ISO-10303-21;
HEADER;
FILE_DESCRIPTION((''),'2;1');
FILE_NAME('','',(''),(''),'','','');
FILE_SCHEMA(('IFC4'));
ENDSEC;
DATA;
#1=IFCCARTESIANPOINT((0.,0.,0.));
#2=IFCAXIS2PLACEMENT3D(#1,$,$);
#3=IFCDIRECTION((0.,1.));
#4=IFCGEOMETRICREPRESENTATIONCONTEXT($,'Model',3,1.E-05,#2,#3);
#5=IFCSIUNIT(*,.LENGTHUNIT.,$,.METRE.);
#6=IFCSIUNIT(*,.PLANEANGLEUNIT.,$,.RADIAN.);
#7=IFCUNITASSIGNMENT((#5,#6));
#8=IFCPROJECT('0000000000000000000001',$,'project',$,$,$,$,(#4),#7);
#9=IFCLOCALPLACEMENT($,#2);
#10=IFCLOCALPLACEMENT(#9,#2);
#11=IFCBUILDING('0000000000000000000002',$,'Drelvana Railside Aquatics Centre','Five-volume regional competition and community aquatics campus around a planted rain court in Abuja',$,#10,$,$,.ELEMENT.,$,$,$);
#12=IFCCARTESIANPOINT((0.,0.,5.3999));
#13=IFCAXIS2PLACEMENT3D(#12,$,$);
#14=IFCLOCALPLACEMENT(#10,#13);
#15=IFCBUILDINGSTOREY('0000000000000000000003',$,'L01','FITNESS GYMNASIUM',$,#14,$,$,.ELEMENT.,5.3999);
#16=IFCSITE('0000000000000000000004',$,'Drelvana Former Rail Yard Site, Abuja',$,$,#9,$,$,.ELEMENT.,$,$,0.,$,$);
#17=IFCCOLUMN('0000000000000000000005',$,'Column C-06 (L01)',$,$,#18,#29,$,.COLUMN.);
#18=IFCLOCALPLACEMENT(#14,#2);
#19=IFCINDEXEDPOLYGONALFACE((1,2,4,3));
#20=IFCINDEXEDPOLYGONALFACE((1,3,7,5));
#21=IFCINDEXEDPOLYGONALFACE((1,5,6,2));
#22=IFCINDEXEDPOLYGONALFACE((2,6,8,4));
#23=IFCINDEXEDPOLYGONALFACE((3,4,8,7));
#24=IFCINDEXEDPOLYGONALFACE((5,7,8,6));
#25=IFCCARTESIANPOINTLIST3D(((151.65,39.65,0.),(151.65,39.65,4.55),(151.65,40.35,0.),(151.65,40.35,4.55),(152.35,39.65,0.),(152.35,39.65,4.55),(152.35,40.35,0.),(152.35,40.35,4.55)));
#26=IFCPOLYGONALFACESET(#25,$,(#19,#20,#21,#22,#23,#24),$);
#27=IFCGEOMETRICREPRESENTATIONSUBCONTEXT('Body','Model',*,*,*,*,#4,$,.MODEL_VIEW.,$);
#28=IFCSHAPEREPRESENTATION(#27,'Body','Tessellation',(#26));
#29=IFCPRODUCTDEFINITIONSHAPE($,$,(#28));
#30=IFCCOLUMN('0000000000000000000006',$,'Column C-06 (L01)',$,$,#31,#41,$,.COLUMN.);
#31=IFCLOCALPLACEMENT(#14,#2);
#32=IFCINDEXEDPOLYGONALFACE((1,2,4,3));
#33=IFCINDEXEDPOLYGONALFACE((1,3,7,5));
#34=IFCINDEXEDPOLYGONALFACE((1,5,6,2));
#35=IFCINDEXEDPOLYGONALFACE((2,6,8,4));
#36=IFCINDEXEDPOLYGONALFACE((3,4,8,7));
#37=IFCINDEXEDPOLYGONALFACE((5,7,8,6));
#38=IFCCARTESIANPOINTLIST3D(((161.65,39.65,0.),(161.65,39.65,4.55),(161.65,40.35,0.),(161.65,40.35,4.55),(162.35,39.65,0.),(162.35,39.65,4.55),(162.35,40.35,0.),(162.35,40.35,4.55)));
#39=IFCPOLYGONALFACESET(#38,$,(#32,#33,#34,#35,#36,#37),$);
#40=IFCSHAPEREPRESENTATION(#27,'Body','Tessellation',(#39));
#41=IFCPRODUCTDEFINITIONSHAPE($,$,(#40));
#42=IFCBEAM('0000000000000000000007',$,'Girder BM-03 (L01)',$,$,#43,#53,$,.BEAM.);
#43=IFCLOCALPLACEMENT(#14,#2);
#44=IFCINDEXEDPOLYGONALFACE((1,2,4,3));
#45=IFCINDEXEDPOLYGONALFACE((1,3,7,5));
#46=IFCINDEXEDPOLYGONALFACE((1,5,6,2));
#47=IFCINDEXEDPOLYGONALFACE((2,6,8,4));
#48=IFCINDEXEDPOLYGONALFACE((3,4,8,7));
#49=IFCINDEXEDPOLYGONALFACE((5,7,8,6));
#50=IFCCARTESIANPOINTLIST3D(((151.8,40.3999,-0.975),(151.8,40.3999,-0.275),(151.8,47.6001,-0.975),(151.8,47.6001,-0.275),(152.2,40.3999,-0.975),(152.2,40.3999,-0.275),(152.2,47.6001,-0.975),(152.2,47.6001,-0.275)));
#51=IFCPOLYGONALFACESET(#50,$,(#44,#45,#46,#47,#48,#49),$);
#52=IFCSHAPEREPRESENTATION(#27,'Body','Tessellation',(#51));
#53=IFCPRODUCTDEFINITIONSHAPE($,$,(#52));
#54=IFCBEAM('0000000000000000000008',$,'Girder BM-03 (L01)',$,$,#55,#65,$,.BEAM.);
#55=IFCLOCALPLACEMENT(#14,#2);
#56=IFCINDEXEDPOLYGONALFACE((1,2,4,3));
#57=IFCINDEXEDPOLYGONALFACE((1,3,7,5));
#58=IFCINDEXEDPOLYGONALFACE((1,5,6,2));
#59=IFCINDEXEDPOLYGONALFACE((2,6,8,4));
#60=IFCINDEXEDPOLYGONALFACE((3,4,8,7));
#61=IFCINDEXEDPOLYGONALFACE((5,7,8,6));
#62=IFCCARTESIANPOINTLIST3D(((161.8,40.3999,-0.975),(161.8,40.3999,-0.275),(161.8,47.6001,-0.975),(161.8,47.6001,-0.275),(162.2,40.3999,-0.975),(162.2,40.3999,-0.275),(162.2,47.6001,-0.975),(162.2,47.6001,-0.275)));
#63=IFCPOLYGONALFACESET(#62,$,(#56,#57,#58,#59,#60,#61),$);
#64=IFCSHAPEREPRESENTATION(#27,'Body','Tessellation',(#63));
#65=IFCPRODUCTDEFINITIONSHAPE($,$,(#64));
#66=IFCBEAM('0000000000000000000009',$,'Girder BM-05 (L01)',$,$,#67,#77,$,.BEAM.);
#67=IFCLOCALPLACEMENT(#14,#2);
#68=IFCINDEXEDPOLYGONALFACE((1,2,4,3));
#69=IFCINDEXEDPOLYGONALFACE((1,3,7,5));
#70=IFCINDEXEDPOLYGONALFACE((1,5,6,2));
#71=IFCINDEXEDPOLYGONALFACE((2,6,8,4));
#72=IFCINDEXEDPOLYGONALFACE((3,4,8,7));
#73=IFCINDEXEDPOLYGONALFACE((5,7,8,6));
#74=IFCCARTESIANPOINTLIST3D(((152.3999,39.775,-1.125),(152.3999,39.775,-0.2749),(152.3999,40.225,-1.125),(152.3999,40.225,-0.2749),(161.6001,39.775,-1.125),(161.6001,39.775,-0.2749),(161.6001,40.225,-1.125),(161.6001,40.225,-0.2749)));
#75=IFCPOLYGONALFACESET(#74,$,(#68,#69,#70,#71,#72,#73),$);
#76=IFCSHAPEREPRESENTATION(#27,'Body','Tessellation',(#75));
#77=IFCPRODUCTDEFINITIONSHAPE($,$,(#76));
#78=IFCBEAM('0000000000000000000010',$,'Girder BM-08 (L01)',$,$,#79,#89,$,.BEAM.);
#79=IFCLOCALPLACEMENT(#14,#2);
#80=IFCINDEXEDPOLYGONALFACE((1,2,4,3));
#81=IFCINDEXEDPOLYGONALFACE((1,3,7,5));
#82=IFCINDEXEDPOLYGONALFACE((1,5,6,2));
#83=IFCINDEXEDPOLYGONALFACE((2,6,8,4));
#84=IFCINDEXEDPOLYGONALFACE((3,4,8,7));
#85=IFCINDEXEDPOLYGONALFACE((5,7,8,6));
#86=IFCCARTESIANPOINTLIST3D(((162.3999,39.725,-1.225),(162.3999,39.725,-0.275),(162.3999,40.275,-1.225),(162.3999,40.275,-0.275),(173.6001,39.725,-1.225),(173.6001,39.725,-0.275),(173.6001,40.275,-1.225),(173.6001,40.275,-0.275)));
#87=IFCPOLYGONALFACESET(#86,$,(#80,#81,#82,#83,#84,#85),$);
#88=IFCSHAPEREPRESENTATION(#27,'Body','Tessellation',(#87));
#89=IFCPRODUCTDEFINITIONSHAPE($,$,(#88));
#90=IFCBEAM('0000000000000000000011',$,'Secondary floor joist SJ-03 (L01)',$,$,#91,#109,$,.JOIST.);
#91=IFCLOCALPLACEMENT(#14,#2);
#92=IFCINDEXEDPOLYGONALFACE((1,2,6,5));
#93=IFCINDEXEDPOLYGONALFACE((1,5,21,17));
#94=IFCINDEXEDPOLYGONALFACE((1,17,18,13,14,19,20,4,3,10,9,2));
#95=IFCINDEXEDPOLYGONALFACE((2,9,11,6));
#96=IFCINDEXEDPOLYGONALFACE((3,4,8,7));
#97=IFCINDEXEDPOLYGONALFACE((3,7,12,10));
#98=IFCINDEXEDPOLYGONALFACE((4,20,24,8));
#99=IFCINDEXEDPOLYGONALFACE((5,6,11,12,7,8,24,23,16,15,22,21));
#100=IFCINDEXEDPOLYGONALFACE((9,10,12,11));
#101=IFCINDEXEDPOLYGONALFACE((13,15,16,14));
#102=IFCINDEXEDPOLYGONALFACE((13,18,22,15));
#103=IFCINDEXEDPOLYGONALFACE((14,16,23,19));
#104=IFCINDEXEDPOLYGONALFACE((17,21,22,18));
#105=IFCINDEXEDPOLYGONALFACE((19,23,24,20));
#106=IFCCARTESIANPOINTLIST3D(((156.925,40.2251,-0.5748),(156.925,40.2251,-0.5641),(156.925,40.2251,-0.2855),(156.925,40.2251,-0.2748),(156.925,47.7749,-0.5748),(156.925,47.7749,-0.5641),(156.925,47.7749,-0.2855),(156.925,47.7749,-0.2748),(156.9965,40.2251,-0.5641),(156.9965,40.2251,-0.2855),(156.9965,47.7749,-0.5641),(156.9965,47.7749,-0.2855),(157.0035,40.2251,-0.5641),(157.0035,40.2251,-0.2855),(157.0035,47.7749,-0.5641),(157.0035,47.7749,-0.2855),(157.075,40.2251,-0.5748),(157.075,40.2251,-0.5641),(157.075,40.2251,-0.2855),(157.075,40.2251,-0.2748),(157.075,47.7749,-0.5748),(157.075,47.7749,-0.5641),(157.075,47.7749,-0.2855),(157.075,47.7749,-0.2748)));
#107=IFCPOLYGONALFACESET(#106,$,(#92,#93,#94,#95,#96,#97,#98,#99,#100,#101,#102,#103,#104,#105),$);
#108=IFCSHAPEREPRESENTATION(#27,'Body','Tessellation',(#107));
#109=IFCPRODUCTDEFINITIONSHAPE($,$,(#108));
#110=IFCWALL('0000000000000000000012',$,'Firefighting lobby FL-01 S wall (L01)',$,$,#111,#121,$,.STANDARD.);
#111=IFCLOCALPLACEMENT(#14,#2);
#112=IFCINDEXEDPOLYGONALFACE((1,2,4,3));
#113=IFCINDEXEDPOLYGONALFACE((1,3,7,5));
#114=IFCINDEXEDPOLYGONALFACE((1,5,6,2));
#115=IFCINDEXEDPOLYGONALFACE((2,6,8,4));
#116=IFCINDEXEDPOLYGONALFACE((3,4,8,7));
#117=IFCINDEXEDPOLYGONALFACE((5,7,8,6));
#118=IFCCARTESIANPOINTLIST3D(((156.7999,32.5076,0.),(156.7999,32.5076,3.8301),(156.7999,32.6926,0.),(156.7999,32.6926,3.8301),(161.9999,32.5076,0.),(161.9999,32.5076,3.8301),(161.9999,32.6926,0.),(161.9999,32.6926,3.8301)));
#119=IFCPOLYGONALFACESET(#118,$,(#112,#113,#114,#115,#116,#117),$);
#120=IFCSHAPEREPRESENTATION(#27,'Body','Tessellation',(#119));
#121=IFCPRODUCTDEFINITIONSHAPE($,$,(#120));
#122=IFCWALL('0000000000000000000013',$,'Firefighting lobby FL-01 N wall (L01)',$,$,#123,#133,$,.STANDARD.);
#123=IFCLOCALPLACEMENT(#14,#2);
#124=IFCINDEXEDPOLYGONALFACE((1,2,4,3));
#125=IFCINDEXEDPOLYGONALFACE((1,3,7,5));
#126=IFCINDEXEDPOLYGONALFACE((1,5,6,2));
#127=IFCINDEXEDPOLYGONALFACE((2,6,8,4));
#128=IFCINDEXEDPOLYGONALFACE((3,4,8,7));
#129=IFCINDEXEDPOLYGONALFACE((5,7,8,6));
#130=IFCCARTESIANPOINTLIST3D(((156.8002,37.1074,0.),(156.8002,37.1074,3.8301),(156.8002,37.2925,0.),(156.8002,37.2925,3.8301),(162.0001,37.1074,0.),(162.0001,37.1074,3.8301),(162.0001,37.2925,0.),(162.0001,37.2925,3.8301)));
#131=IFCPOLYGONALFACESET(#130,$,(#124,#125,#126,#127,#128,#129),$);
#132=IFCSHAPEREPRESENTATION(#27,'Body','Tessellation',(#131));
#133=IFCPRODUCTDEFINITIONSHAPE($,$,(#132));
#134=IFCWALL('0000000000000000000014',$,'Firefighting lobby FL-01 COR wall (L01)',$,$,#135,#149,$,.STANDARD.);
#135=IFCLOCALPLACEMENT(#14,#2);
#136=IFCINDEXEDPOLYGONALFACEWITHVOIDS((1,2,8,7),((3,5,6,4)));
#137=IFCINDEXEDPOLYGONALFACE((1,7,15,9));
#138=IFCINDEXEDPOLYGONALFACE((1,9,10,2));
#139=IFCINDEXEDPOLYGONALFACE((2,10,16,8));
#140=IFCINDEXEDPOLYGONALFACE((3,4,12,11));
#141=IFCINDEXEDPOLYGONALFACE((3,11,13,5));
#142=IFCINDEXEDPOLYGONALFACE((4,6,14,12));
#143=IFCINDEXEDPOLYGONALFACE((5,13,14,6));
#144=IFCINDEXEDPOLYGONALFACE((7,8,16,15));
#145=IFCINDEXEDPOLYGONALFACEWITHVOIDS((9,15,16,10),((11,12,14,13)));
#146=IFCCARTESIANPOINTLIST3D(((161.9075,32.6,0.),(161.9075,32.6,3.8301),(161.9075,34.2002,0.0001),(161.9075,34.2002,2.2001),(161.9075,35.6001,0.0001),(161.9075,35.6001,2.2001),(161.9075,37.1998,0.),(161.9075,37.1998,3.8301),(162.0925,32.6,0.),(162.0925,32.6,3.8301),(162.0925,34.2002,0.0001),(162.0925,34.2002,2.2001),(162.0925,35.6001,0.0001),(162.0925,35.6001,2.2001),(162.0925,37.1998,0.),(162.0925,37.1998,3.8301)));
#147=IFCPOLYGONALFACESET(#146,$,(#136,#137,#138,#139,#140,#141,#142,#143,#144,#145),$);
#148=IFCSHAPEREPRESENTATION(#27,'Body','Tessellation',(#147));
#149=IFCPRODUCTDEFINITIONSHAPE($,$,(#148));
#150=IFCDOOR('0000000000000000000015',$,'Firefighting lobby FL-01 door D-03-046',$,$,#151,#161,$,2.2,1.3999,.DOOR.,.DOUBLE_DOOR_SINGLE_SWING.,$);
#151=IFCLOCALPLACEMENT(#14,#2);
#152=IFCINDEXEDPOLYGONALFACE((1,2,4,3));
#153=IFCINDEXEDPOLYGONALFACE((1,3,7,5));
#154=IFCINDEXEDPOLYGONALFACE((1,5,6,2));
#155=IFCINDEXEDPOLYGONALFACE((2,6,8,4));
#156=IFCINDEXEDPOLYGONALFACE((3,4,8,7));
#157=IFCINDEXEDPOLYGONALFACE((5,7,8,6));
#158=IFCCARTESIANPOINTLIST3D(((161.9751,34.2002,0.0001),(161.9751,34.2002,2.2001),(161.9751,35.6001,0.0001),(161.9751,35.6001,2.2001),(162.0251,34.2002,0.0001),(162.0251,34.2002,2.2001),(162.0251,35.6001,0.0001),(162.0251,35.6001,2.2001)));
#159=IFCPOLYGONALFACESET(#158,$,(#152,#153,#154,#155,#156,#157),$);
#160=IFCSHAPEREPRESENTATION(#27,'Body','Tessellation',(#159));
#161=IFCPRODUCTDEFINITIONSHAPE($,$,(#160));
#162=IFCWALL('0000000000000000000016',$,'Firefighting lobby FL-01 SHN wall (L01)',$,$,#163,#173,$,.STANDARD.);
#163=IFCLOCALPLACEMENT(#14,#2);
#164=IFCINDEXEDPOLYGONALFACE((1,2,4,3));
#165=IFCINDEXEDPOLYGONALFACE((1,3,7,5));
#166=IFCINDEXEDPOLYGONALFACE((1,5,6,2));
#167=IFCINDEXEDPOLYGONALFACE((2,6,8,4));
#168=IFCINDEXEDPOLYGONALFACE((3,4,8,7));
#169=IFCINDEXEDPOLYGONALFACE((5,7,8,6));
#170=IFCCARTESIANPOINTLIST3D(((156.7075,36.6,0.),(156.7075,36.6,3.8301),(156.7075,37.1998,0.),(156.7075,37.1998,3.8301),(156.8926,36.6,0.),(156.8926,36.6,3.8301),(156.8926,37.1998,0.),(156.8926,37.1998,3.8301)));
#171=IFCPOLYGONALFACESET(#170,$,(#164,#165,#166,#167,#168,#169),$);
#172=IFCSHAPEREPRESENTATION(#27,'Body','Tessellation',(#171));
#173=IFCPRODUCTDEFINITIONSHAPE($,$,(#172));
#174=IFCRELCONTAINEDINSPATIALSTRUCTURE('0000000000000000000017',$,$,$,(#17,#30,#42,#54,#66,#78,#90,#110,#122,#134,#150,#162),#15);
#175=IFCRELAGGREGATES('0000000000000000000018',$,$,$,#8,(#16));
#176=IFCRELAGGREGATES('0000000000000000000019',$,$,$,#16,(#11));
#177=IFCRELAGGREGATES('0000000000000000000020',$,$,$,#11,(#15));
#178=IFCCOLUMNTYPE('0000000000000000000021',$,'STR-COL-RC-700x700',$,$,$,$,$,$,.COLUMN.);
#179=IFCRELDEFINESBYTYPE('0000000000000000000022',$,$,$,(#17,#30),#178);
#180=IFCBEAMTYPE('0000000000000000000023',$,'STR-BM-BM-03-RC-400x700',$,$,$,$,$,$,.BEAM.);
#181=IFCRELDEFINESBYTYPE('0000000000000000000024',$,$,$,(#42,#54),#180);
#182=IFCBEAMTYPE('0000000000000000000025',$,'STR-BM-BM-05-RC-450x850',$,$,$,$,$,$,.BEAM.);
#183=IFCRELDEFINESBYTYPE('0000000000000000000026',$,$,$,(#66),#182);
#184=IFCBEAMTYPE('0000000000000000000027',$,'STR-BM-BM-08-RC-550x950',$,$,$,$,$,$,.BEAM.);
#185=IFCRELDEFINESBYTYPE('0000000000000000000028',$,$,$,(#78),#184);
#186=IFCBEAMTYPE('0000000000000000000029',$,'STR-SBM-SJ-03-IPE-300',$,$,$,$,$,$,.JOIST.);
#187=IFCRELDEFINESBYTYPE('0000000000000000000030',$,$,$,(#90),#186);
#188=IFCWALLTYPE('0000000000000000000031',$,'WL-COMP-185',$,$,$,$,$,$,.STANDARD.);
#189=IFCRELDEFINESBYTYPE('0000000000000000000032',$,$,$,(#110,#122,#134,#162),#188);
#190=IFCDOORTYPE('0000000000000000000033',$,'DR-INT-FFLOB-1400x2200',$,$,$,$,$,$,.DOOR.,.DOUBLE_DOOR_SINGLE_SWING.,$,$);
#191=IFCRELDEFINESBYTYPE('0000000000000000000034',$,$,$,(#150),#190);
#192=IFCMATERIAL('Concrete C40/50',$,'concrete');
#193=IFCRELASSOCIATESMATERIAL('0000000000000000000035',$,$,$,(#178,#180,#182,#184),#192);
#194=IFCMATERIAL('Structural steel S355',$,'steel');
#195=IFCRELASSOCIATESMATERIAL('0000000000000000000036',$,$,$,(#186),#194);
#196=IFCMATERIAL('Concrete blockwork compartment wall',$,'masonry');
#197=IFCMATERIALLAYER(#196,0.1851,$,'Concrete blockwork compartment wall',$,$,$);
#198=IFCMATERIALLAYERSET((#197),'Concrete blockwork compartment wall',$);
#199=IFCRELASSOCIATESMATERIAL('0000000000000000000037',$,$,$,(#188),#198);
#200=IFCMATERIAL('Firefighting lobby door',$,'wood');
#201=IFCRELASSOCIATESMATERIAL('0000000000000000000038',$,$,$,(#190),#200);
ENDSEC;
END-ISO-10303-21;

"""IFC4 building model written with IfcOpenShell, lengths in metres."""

from ifc_helpers import new_model, si_unit, direction, frame, frame_2d, origin, origin_2d, place, context, subcontext, project, spatial, rectangle, i_section, extrude, material, layer, layer_set, material_profile, profile_set, type_object, element, fill, save


model = new_model("IFC4")

# Units and contexts
model_context = context("Model", 3, precision=1e-05, world=origin(), true_north=direction((0.0, 1.0)))
body_context = subcontext(model_context, "Body", "Model", "MODEL_VIEW")
ifc_project = project(units=[si_unit("LENGTHUNIT", "METRE"), si_unit("PLANEANGLEUNIT", "RADIAN")], contexts=[model_context])

# Site, building, storey
site_placement = place(None, origin())
site = spatial("IfcSite", under=ifc_project, at=site_placement, Name="Drelvana Former Rail Yard Site, Abuja", CompositionType="ELEMENT", RefElevation=0.0)
building_placement = place(site_placement, origin())
building = spatial("IfcBuilding", under=site, at=building_placement, Name="Drelvana Railside Aquatics Centre", Description="Five-volume regional competition and community aquatics campus around a planted rain court in Abuja", CompositionType="ELEMENT")
storey_placement = place(building_placement, frame((0.0, 0.0, 5.3999)))
storey = spatial("IfcBuildingStorey", under=building, at=storey_placement, Name="L01", Description="FITNESS GYMNASIUM", CompositionType="ELEMENT", Elevation=5.3999)

# Columns
ifc_material_1 = material(Name="Concrete C40/50", Category="concrete")
ifc_material_profile_1 = material_profile(ifc_material_1, rectangle(XDim=0.7, YDim=0.7, at=origin_2d()), Name="RC 700x700")
ifc_profile_set_1 = profile_set([ifc_material_profile_1], Name="Concrete C40/50")
column_type = type_object("IfcColumnType", Name="STR-COL-RC-700x700", PredefinedType="COLUMN", material=ifc_profile_set_1)
for number, where, z_axis, x_axis, name in (
    (1, (152.0, 40.0, 0.0), (0.0, 0.0, 1.0), (1.0, 0.0, 0.0), "Column C-06 (L01)"),
    (2, (162.0, 40.0, 0.0), (0.0, 0.0, 1.0), (1.0, 0.0, 0.0), "Column C-06 (L01)"),
):
    element("IfcColumn", number, at=place(storey_placement, frame(where, z_axis=z_axis, x_axis=x_axis)), inside=storey, type_object=column_type, Name=name, PredefinedType="COLUMN", context=body_context, shape_type="SweptSolid", body=[
        extrude(rectangle(XDim=0.7, YDim=0.7, at=origin_2d()), origin(), (0.0, 0.0, 1.0), 4.55),
    ])

# Beams
ifc_material_profile_2 = material_profile(ifc_material_1, rectangle(XDim=0.3999, YDim=0.7, at=origin_2d()), Name="RC 400x700")
ifc_profile_set_2 = profile_set([ifc_material_profile_2], Name="Concrete C40/50")
beam_type_1 = type_object("IfcBeamType", Name="STR-BM-BM-03-RC-400x700", PredefinedType="BEAM", material=ifc_profile_set_2)
for number, where, z_axis, x_axis, name in (
    (3, (152.0, 40.3999, -0.625), (0.0, 1.0, 0.0), (-1.0, 0.0, 0.0), "Girder BM-03 (L01)"),
    (4, (162.0, 40.3999, -0.625), (0.0, 1.0, 0.0), (-1.0, 0.0, 0.0), "Girder BM-03 (L01)"),
):
    element("IfcBeam", number, at=place(storey_placement, frame(where, z_axis=z_axis, x_axis=x_axis)), inside=storey, type_object=beam_type_1, Name=name, PredefinedType="BEAM", context=body_context, shape_type="SweptSolid", body=[
        extrude(rectangle(XDim=0.3999, YDim=0.7, at=origin_2d()), origin(), (0.0, 0.0, 1.0), 7.2002),
    ])
ifc_material_profile_3 = material_profile(ifc_material_1, rectangle(XDim=0.45, YDim=0.8501, at=origin_2d()), Name="RC 450x850")
ifc_profile_set_3 = profile_set([ifc_material_profile_3], Name="Concrete C40/50")
beam_type_2 = type_object("IfcBeamType", Name="STR-BM-BM-05-RC-450x850", PredefinedType="BEAM", material=ifc_profile_set_3)
beam_1_placement = place(storey_placement, frame((152.3999, 40.0, -0.7), z_axis=(1.0, 0.0, 0.0), x_axis=(0.0, 1.0, 0.0)))
element("IfcBeam", 5, at=beam_1_placement, inside=storey, type_object=beam_type_2, Name="Girder BM-05 (L01)", PredefinedType="BEAM", context=body_context, shape_type="SweptSolid", body=[
    extrude(rectangle(XDim=0.45, YDim=0.8501, at=origin_2d()), origin(), (0.0, 0.0, 1.0), 9.2002),
])
ifc_material_profile_4 = material_profile(ifc_material_1, rectangle(XDim=0.55, YDim=0.95, at=origin_2d()), Name="RC 550x950")
ifc_profile_set_4 = profile_set([ifc_material_profile_4], Name="Concrete C40/50")
beam_type_3 = type_object("IfcBeamType", Name="STR-BM-BM-08-RC-550x950", PredefinedType="BEAM", material=ifc_profile_set_4)
beam_2_placement = place(storey_placement, frame((162.3999, 40.0, -0.75), z_axis=(1.0, 0.0, 0.0), x_axis=(0.0, 1.0, 0.0)))
element("IfcBeam", 6, at=beam_2_placement, inside=storey, type_object=beam_type_3, Name="Girder BM-08 (L01)", PredefinedType="BEAM", context=body_context, shape_type="SweptSolid", body=[
    extrude(rectangle(XDim=0.55, YDim=0.95, at=origin_2d()), origin(), (0.0, 0.0, 1.0), 11.2002),
])
ifc_material_2 = material(Name="Structural steel S355", Category="steel")
ifc_material_profile_5 = material_profile(ifc_material_2, i_section(OverallWidth=0.1499, OverallDepth=0.3, WebThickness=0.0071, FlangeThickness=0.0107, at=origin_2d()), Name="IPE 300")
ifc_profile_set_5 = profile_set([ifc_material_profile_5], Name="Structural steel S355")
beam_type_4 = type_object("IfcBeamType", Name="STR-SBM-SJ-03-IPE-300", PredefinedType="JOIST", material=ifc_profile_set_5)
beam_3_placement = place(storey_placement, frame((157.0, 40.2251, -0.4248), z_axis=(0.0, 1.0, 0.0), x_axis=(-1.0, 0.0, 0.0)))
element("IfcBeam", 7, at=beam_3_placement, inside=storey, type_object=beam_type_4, Name="Secondary floor joist SJ-03 (L01)", PredefinedType="JOIST", context=body_context, shape_type="SweptSolid", body=[
    extrude(i_section(OverallWidth=0.1499, OverallDepth=0.3, WebThickness=0.0071, FlangeThickness=0.0107, at=origin_2d()), origin(), (0.0, 0.0, 1.0), 7.5498),
])

# Walls
ifc_material_3 = material(Name="Concrete blockwork compartment wall", Category="masonry")
ifc_layer_1 = layer(ifc_material_3, 0.1851, Name="Concrete blockwork compartment wall")
ifc_layer_set_1 = layer_set([ifc_layer_1], Name="Concrete blockwork compartment wall")
wall_type_1 = type_object("IfcWallType", Name="WL-COMP-185", PredefinedType="STANDARD", material=ifc_layer_set_1)
for number, where, z_axis, x_axis, name in (
    (8, (162.0, 32.6001, 0.0), (0.0, 0.0, 1.0), (-1.0, 0.0, 0.0), "Firefighting lobby FL-01 S wall (L01)"),
    (9, (156.8, 37.2, 0.0), (0.0, 0.0, 1.0), (1.0, 0.0, 0.0), "Firefighting lobby FL-01 N wall (L01)"),
):
    element("IfcWall", number, at=place(storey_placement, frame(where, z_axis=z_axis, x_axis=x_axis)), inside=storey, type_object=wall_type_1, Name=name, PredefinedType="STANDARD", context=body_context, shape_type="SweptSolid", body=[
        extrude(rectangle(XDim=5.2, YDim=0.1851, at=frame_2d((2.6001, 0.0))), origin(), (0.0, 0.0, 1.0), 3.8301),
    ])

# Wall, opening, door
wall_1_placement = place(storey_placement, frame((162.0, 32.6001, 0.0), z_axis=(0.0, 0.0, 1.0), x_axis=(0.0, 1.0, 0.0)))
wall_1 = element("IfcWall", 10, at=wall_1_placement, inside=storey, type_object=wall_type_1, Name="Firefighting lobby FL-01 COR wall (L01)", PredefinedType="STANDARD", context=body_context, shape_type="SweptSolid", body=[
    extrude(rectangle(XDim=4.5999, YDim=0.1851, at=frame_2d((2.2998, 0.0))), origin(), (0.0, 0.0, 1.0), 3.8301),
])
opening_1_placement = place(wall_1_placement, frame((1.6001, 0.0, 0.0)))
opening_1 = element("IfcOpeningElement", 11, at=opening_1_placement, cuts=wall_1, PredefinedType="OPENING", context=body_context, shape_type="SweptSolid", body=[
    extrude(rectangle(XDim=1.3999, YDim=2.2, at=frame_2d((0.7, 1.1001))), frame((0.0, 0.1025, 0.0), z_axis=(0.0, -1.0, 0.0), x_axis=(1.0, 0.0, 0.0)), (0.0, 0.0, 1.0), 0.2051),
])
ifc_material_4 = material(Name="Firefighting lobby door", Category="wood")
door_type_1 = type_object("IfcDoorType", Name="DR-INT-FFLOB-1400x2200", OperationType="DOUBLE_DOOR_SINGLE_SWING", PredefinedType="DOOR", material=ifc_material_4)
door_1_placement = place(opening_1_placement, origin())
door_1 = element("IfcDoor", 12, at=door_1_placement, inside=storey, type_object=door_type_1, Name="Firefighting lobby FL-01 door D-03-046", OperationType="DOUBLE_DOOR_SINGLE_SWING", OverallHeight=2.2, OverallWidth=1.3999, PredefinedType="DOOR", context=body_context, shape_type="SweptSolid", body=[
    extrude(rectangle(XDim=1.3999, YDim=2.2, at=frame_2d((0.7, 1.1001))), frame((0.0, 0.0249, 0.0), z_axis=(0.0, -1.0, 0.0), x_axis=(1.0, 0.0, 0.0)), (0.0, 0.0, 1.0), 0.05),
])
fill(opening_1, door_1)

# Wall
wall_2_placement = place(storey_placement, frame((156.8, 36.6001, 0.0), z_axis=(0.0, 0.0, 1.0), x_axis=(0.0, 1.0, 0.0)))
element("IfcWall", 13, at=wall_2_placement, inside=storey, type_object=wall_type_1, Name="Firefighting lobby FL-01 SHN wall (L01)", PredefinedType="STANDARD", context=body_context, shape_type="SweptSolid", body=[
    extrude(rectangle(XDim=0.5999, YDim=0.1851, at=frame_2d((0.2998, 0.0))), origin(), (0.0, 0.0, 1.0), 3.8301),
])

save(model, "model.ifc")
